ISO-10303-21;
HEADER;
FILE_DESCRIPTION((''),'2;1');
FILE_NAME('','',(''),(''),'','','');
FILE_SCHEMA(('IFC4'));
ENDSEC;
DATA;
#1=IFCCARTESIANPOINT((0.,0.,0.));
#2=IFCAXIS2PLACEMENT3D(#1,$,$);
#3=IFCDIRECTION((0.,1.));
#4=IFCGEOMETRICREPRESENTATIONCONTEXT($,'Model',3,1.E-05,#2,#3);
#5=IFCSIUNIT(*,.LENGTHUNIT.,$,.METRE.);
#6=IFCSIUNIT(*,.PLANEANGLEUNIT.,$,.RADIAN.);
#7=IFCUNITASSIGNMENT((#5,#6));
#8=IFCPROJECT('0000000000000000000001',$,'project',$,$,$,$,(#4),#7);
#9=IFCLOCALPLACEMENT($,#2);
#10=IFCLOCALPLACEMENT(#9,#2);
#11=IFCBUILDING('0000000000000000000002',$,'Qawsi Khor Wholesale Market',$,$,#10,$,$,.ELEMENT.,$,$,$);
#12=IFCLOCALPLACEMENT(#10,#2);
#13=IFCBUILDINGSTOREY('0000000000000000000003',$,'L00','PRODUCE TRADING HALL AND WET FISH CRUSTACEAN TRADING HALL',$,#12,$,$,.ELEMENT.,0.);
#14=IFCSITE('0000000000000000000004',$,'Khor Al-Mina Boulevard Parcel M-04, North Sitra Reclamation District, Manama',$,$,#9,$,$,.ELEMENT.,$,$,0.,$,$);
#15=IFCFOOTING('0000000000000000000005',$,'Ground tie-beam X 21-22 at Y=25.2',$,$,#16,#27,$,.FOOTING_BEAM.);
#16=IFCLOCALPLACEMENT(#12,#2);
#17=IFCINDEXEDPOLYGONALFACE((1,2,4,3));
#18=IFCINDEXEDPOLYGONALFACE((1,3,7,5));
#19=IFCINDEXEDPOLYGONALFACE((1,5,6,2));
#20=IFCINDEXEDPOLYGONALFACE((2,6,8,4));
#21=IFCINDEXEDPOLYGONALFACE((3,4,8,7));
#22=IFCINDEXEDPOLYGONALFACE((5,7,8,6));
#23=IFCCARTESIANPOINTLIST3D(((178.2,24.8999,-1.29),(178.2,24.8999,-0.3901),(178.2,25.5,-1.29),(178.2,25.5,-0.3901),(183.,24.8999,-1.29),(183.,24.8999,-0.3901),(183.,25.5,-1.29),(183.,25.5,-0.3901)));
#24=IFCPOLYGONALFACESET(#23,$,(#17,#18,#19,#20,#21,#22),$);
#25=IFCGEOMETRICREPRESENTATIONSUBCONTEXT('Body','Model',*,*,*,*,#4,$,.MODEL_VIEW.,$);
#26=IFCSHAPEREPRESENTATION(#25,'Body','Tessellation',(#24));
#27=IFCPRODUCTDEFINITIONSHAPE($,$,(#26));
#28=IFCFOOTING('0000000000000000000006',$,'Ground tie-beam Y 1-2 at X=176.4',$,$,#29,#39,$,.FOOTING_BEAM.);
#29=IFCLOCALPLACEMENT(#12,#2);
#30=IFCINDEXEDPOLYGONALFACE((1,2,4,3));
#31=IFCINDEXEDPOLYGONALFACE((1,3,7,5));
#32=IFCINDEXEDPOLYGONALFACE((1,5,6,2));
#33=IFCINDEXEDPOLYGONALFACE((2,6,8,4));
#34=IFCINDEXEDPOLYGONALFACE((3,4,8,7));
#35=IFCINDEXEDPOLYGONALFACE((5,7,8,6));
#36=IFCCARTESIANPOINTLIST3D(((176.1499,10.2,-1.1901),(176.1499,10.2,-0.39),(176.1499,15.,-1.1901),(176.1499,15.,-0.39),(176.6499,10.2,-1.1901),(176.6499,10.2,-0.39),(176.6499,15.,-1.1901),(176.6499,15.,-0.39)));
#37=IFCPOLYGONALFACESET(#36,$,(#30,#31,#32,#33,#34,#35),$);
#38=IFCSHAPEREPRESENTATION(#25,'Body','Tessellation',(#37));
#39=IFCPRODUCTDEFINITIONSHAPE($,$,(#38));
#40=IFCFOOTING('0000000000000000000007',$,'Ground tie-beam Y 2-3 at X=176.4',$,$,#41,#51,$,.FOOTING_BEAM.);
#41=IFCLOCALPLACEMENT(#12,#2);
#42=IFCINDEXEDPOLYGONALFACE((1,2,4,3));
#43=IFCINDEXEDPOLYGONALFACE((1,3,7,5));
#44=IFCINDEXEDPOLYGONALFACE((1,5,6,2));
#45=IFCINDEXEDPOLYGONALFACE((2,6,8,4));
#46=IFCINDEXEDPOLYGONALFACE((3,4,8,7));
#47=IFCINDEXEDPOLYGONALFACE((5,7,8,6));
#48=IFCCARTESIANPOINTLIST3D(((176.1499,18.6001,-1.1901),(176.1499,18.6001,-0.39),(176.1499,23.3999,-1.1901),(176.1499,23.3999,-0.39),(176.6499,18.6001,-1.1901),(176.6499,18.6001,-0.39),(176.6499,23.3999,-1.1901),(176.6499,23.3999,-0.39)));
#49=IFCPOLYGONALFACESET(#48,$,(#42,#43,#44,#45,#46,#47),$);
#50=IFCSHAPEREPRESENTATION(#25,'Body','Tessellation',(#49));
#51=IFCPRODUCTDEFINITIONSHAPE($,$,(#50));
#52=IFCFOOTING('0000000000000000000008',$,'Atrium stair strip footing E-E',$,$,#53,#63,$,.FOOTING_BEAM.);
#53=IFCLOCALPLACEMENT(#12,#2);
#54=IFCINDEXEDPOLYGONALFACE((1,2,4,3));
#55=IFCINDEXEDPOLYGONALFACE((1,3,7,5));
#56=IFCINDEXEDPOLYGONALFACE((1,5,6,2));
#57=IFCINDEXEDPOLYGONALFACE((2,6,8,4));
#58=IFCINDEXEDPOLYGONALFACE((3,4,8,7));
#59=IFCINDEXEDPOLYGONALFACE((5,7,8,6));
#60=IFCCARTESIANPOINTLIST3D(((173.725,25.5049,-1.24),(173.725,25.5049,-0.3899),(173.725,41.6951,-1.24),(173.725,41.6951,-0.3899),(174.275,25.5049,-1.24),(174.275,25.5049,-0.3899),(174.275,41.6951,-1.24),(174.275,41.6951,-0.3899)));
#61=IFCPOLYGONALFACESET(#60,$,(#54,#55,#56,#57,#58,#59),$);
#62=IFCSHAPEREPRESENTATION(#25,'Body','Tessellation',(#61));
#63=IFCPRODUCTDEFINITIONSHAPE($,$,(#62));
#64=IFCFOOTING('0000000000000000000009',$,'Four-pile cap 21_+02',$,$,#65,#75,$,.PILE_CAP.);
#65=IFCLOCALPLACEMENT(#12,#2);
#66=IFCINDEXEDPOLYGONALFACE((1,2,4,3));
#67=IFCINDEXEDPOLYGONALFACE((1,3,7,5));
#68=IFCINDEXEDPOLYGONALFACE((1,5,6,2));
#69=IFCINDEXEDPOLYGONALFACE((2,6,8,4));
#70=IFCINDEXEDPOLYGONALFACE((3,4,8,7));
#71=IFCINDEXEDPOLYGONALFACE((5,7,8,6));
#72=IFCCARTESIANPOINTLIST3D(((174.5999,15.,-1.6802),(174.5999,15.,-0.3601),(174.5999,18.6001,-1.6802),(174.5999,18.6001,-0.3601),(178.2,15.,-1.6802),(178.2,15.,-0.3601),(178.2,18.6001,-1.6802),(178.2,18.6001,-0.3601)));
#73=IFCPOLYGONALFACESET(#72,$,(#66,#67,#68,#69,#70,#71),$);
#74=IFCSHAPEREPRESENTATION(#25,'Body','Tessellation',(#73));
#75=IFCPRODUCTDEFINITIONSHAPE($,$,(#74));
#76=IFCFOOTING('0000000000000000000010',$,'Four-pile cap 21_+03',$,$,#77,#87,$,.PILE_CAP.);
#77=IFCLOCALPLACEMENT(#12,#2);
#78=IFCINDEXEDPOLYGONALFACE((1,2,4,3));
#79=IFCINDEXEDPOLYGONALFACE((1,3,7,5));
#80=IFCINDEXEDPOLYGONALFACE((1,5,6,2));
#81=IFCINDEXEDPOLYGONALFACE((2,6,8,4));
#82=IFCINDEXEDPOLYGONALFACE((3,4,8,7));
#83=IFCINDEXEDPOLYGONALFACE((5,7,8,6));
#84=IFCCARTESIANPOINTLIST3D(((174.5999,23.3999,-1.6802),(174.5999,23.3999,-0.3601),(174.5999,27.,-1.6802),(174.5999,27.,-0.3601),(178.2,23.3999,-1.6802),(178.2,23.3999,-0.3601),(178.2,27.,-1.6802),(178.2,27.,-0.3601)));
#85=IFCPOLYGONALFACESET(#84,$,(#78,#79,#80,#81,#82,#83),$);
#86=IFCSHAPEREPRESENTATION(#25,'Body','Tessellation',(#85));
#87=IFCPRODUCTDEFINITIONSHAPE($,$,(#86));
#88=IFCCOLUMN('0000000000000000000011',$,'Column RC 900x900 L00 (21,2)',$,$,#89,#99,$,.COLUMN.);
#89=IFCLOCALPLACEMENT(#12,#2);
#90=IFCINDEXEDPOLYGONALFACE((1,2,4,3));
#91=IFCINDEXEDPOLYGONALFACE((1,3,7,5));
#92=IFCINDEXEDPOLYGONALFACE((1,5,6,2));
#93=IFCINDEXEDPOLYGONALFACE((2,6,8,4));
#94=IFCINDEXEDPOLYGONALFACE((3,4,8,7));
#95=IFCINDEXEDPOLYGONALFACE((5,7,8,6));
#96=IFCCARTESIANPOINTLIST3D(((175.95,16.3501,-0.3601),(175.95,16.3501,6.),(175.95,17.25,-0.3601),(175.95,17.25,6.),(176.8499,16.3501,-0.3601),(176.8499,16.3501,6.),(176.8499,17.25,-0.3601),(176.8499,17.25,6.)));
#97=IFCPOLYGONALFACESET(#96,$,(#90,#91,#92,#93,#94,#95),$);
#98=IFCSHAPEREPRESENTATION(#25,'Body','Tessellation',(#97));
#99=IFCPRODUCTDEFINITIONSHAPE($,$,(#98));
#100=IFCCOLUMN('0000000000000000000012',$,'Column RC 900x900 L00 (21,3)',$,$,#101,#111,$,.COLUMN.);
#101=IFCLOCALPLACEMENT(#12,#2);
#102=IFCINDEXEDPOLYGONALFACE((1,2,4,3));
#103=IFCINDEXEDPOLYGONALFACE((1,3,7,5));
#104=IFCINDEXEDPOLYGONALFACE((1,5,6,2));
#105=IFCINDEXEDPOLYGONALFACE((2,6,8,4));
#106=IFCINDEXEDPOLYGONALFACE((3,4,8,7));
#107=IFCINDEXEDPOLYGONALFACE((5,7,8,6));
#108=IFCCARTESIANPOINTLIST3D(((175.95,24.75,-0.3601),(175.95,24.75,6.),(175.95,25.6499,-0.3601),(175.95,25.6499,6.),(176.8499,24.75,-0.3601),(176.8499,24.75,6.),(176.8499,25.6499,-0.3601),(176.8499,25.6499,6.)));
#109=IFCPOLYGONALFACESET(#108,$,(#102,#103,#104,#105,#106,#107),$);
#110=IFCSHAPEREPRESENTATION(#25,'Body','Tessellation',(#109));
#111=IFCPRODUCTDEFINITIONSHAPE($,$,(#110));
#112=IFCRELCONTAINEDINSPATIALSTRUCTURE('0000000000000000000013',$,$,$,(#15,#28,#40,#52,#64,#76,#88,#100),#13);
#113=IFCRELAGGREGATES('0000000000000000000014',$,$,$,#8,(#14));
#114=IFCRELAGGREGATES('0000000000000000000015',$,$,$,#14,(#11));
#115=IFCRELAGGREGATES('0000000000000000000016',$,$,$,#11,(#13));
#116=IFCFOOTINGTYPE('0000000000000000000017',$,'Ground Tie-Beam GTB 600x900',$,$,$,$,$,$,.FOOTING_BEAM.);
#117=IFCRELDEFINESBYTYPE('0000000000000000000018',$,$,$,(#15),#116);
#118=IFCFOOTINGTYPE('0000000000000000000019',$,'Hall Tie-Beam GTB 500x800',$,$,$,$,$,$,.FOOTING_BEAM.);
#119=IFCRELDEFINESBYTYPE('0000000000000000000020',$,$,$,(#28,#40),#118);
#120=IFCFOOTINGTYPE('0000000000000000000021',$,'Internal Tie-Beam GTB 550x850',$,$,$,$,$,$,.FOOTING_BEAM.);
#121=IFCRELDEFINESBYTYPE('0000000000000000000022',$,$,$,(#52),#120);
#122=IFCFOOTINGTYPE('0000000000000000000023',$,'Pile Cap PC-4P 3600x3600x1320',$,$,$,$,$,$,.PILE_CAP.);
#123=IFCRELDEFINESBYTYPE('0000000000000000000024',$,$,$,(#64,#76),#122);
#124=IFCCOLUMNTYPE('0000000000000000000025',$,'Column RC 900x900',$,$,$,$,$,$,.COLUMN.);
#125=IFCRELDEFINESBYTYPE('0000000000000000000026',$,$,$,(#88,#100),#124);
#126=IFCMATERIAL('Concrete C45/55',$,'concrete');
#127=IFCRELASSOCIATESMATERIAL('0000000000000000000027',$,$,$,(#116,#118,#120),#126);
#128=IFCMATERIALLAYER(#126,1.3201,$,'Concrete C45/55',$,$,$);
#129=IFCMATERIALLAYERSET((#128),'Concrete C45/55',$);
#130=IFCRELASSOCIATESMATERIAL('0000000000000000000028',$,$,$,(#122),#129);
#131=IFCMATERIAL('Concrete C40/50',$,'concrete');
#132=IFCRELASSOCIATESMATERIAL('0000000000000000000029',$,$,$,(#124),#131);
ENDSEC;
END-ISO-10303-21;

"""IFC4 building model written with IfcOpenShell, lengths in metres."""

from ifc_helpers import new_model, si_unit, direction, frame, origin, origin_2d, place, context, subcontext, project, spatial, rectangle, extrude, material, layer, layer_set, material_profile, profile_set, type_object, element, save


model = new_model("IFC4")

# Units and contexts
model_context = context("Model", 3, precision=1e-05, world=origin(), true_north=direction((0.0, 1.0)))
body_context = subcontext(model_context, "Body", "Model", "MODEL_VIEW")
ifc_project = project(units=[si_unit("LENGTHUNIT", "METRE"), si_unit("PLANEANGLEUNIT", "RADIAN")], contexts=[model_context])

# Site, building, storey
site_placement = place(None, origin())
site = spatial("IfcSite", under=ifc_project, at=site_placement, Name="Khor Al-Mina Boulevard Parcel M-04, North Sitra Reclamation District, Manama", CompositionType="ELEMENT", RefElevation=0.0)
building_placement = place(site_placement, origin())
building = spatial("IfcBuilding", under=site, at=building_placement, Name="Qawsi Khor Wholesale Market", CompositionType="ELEMENT")
storey_placement = place(building_placement, origin())
storey = spatial("IfcBuildingStorey", under=building, at=storey_placement, Name="L00", Description="PRODUCE TRADING HALL AND WET FISH CRUSTACEAN TRADING HALL", CompositionType="ELEMENT", Elevation=0.0)

# Shared definitions
ifc_material_1 = material(Name="Concrete C45/55", Category="concrete")

# Footings
ifc_material_profile_1 = material_profile(ifc_material_1, rectangle(XDim=0.6001, YDim=0.8999, at=origin_2d()), Name="RC 600x900")
ifc_profile_set_1 = profile_set([ifc_material_profile_1], Name="Concrete C45/55")
footing_type_1 = type_object("IfcFootingType", Name="Ground Tie-Beam GTB 600x900", PredefinedType="FOOTING_BEAM", material=ifc_profile_set_1)
for number, where, z_axis, x_axis, name in (
    (1, (178.2, 25.2, -0.8401), (1.0, 0.0, 0.0), (0.0, 1.0, 0.0), "Ground tie-beam X 21-22 at Y=25.2"),
):
    element("IfcFooting", number, at=place(storey_placement, frame(where, z_axis=z_axis, x_axis=x_axis)), inside=storey, type_object=footing_type_1, Name=name, PredefinedType="FOOTING_BEAM", context=body_context, shape_type="SweptSolid", body=[
        extrude(rectangle(XDim=0.6001, YDim=0.8999, at=origin_2d()), origin(), (0.0, 0.0, 1.0), 4.8),
    ])
ifc_material_profile_2 = material_profile(ifc_material_1, rectangle(XDim=0.5, YDim=0.8, at=origin_2d()), Name="RC 500x800")
ifc_profile_set_2 = profile_set([ifc_material_profile_2], Name="Concrete C45/55")
footing_type_2 = type_object("IfcFootingType", Name="Hall Tie-Beam GTB 500x800", PredefinedType="FOOTING_BEAM", material=ifc_profile_set_2)
footing_1_placement = place(storey_placement, frame((176.3999, 10.2, -0.79), z_axis=(0.0, 1.0, 0.0), x_axis=(-1.0, 0.0, 0.0)))
element("IfcFooting", 2, at=footing_1_placement, inside=storey, type_object=footing_type_2, Name="Ground tie-beam Y 1-2 at X=176.4", PredefinedType="FOOTING_BEAM", context=body_context, shape_type="SweptSolid", body=[
    extrude(rectangle(XDim=0.5, YDim=0.8, at=origin_2d()), origin(), (0.0, 0.0, 1.0), 4.8),
])
footing_2_placement = place(storey_placement, frame((176.3999, 18.6001, -0.79), z_axis=(0.0, 1.0, 0.0), x_axis=(-1.0, 0.0, 0.0)))
element("IfcFooting", 3, at=footing_2_placement, inside=storey, type_object=footing_type_2, Name="Ground tie-beam Y 2-3 at X=176.4", PredefinedType="FOOTING_BEAM", context=body_context, shape_type="SweptSolid", body=[
    extrude(rectangle(XDim=0.5, YDim=0.8, at=origin_2d()), origin(), (0.0, 0.0, 1.0), 4.7998),
])
ifc_material_profile_3 = material_profile(ifc_material_1, rectangle(XDim=0.55, YDim=0.8501, at=origin_2d()), Name="RC 550x850")
ifc_profile_set_3 = profile_set([ifc_material_profile_3], Name="Concrete C45/55")
footing_type_3 = type_object("IfcFootingType", Name="Internal Tie-Beam GTB 550x850", PredefinedType="FOOTING_BEAM", material=ifc_profile_set_3)
footing_3_placement = place(storey_placement, frame((174.0, 25.5049, -0.8149), z_axis=(0.0, 1.0, 0.0), x_axis=(-1.0, 0.0, 0.0)))
element("IfcFooting", 4, at=footing_3_placement, inside=storey, type_object=footing_type_3, Name="Atrium stair strip footing E-E", PredefinedType="FOOTING_BEAM", context=body_context, shape_type="SweptSolid", body=[
    extrude(rectangle(XDim=0.55, YDim=0.8501, at=origin_2d()), origin(), (0.0, 0.0, 1.0), 16.1902),
])
ifc_layer_1 = layer(ifc_material_1, 1.3201, Name="Concrete C45/55")
ifc_layer_set_1 = layer_set([ifc_layer_1], Name="Concrete C45/55")
footing_type_4 = type_object("IfcFootingType", Name="Pile Cap PC-4P 3600x3600x1320", PredefinedType="PILE_CAP", material=ifc_layer_set_1)
for number, where, z_axis, x_axis, name in (
    (5, (176.3999, 16.8, -1.6802), (0.0, 0.0, 1.0), (1.0, 0.0, 0.0), "Four-pile cap 21_+02"),
    (6, (176.3999, 25.2, -1.6802), (0.0, 0.0, 1.0), (1.0, 0.0, 0.0), "Four-pile cap 21_+03"),
):
    element("IfcFooting", number, at=place(storey_placement, frame(where, z_axis=z_axis, x_axis=x_axis)), inside=storey, type_object=footing_type_4, Name=name, PredefinedType="PILE_CAP", context=body_context, shape_type="SweptSolid", body=[
        extrude(rectangle(XDim=3.6001, YDim=3.6001, at=origin_2d()), origin(), (0.0, 0.0, 1.0), 1.3201),
    ])

# Columns
ifc_material_2 = material(Name="Concrete C40/50", Category="concrete")
ifc_material_profile_4 = material_profile(ifc_material_2, rectangle(XDim=0.8999, YDim=0.8999, at=origin_2d()), Name="RC 900x900")
ifc_profile_set_4 = profile_set([ifc_material_profile_4], Name="Concrete C40/50")
column_type = type_object("IfcColumnType", Name="Column RC 900x900", PredefinedType="COLUMN", material=ifc_profile_set_4)
for number, where, z_axis, x_axis, name in (
    (7, (176.3999, 16.8, -0.3601), (0.0, 0.0, 1.0), (1.0, 0.0, 0.0), "Column RC 900x900 L00 (21,2)"),
    (8, (176.3999, 25.2, -0.3601), (0.0, 0.0, 1.0), (1.0, 0.0, 0.0), "Column RC 900x900 L00 (21,3)"),
):
    element("IfcColumn", number, at=place(storey_placement, frame(where, z_axis=z_axis, x_axis=x_axis)), inside=storey, type_object=column_type, Name=name, PredefinedType="COLUMN", context=body_context, shape_type="SweptSolid", body=[
        extrude(rectangle(XDim=0.8999, YDim=0.8999, at=origin_2d()), origin(), (0.0, 0.0, 1.0), 6.3601),
    ])

save(model, "model.ifc")
